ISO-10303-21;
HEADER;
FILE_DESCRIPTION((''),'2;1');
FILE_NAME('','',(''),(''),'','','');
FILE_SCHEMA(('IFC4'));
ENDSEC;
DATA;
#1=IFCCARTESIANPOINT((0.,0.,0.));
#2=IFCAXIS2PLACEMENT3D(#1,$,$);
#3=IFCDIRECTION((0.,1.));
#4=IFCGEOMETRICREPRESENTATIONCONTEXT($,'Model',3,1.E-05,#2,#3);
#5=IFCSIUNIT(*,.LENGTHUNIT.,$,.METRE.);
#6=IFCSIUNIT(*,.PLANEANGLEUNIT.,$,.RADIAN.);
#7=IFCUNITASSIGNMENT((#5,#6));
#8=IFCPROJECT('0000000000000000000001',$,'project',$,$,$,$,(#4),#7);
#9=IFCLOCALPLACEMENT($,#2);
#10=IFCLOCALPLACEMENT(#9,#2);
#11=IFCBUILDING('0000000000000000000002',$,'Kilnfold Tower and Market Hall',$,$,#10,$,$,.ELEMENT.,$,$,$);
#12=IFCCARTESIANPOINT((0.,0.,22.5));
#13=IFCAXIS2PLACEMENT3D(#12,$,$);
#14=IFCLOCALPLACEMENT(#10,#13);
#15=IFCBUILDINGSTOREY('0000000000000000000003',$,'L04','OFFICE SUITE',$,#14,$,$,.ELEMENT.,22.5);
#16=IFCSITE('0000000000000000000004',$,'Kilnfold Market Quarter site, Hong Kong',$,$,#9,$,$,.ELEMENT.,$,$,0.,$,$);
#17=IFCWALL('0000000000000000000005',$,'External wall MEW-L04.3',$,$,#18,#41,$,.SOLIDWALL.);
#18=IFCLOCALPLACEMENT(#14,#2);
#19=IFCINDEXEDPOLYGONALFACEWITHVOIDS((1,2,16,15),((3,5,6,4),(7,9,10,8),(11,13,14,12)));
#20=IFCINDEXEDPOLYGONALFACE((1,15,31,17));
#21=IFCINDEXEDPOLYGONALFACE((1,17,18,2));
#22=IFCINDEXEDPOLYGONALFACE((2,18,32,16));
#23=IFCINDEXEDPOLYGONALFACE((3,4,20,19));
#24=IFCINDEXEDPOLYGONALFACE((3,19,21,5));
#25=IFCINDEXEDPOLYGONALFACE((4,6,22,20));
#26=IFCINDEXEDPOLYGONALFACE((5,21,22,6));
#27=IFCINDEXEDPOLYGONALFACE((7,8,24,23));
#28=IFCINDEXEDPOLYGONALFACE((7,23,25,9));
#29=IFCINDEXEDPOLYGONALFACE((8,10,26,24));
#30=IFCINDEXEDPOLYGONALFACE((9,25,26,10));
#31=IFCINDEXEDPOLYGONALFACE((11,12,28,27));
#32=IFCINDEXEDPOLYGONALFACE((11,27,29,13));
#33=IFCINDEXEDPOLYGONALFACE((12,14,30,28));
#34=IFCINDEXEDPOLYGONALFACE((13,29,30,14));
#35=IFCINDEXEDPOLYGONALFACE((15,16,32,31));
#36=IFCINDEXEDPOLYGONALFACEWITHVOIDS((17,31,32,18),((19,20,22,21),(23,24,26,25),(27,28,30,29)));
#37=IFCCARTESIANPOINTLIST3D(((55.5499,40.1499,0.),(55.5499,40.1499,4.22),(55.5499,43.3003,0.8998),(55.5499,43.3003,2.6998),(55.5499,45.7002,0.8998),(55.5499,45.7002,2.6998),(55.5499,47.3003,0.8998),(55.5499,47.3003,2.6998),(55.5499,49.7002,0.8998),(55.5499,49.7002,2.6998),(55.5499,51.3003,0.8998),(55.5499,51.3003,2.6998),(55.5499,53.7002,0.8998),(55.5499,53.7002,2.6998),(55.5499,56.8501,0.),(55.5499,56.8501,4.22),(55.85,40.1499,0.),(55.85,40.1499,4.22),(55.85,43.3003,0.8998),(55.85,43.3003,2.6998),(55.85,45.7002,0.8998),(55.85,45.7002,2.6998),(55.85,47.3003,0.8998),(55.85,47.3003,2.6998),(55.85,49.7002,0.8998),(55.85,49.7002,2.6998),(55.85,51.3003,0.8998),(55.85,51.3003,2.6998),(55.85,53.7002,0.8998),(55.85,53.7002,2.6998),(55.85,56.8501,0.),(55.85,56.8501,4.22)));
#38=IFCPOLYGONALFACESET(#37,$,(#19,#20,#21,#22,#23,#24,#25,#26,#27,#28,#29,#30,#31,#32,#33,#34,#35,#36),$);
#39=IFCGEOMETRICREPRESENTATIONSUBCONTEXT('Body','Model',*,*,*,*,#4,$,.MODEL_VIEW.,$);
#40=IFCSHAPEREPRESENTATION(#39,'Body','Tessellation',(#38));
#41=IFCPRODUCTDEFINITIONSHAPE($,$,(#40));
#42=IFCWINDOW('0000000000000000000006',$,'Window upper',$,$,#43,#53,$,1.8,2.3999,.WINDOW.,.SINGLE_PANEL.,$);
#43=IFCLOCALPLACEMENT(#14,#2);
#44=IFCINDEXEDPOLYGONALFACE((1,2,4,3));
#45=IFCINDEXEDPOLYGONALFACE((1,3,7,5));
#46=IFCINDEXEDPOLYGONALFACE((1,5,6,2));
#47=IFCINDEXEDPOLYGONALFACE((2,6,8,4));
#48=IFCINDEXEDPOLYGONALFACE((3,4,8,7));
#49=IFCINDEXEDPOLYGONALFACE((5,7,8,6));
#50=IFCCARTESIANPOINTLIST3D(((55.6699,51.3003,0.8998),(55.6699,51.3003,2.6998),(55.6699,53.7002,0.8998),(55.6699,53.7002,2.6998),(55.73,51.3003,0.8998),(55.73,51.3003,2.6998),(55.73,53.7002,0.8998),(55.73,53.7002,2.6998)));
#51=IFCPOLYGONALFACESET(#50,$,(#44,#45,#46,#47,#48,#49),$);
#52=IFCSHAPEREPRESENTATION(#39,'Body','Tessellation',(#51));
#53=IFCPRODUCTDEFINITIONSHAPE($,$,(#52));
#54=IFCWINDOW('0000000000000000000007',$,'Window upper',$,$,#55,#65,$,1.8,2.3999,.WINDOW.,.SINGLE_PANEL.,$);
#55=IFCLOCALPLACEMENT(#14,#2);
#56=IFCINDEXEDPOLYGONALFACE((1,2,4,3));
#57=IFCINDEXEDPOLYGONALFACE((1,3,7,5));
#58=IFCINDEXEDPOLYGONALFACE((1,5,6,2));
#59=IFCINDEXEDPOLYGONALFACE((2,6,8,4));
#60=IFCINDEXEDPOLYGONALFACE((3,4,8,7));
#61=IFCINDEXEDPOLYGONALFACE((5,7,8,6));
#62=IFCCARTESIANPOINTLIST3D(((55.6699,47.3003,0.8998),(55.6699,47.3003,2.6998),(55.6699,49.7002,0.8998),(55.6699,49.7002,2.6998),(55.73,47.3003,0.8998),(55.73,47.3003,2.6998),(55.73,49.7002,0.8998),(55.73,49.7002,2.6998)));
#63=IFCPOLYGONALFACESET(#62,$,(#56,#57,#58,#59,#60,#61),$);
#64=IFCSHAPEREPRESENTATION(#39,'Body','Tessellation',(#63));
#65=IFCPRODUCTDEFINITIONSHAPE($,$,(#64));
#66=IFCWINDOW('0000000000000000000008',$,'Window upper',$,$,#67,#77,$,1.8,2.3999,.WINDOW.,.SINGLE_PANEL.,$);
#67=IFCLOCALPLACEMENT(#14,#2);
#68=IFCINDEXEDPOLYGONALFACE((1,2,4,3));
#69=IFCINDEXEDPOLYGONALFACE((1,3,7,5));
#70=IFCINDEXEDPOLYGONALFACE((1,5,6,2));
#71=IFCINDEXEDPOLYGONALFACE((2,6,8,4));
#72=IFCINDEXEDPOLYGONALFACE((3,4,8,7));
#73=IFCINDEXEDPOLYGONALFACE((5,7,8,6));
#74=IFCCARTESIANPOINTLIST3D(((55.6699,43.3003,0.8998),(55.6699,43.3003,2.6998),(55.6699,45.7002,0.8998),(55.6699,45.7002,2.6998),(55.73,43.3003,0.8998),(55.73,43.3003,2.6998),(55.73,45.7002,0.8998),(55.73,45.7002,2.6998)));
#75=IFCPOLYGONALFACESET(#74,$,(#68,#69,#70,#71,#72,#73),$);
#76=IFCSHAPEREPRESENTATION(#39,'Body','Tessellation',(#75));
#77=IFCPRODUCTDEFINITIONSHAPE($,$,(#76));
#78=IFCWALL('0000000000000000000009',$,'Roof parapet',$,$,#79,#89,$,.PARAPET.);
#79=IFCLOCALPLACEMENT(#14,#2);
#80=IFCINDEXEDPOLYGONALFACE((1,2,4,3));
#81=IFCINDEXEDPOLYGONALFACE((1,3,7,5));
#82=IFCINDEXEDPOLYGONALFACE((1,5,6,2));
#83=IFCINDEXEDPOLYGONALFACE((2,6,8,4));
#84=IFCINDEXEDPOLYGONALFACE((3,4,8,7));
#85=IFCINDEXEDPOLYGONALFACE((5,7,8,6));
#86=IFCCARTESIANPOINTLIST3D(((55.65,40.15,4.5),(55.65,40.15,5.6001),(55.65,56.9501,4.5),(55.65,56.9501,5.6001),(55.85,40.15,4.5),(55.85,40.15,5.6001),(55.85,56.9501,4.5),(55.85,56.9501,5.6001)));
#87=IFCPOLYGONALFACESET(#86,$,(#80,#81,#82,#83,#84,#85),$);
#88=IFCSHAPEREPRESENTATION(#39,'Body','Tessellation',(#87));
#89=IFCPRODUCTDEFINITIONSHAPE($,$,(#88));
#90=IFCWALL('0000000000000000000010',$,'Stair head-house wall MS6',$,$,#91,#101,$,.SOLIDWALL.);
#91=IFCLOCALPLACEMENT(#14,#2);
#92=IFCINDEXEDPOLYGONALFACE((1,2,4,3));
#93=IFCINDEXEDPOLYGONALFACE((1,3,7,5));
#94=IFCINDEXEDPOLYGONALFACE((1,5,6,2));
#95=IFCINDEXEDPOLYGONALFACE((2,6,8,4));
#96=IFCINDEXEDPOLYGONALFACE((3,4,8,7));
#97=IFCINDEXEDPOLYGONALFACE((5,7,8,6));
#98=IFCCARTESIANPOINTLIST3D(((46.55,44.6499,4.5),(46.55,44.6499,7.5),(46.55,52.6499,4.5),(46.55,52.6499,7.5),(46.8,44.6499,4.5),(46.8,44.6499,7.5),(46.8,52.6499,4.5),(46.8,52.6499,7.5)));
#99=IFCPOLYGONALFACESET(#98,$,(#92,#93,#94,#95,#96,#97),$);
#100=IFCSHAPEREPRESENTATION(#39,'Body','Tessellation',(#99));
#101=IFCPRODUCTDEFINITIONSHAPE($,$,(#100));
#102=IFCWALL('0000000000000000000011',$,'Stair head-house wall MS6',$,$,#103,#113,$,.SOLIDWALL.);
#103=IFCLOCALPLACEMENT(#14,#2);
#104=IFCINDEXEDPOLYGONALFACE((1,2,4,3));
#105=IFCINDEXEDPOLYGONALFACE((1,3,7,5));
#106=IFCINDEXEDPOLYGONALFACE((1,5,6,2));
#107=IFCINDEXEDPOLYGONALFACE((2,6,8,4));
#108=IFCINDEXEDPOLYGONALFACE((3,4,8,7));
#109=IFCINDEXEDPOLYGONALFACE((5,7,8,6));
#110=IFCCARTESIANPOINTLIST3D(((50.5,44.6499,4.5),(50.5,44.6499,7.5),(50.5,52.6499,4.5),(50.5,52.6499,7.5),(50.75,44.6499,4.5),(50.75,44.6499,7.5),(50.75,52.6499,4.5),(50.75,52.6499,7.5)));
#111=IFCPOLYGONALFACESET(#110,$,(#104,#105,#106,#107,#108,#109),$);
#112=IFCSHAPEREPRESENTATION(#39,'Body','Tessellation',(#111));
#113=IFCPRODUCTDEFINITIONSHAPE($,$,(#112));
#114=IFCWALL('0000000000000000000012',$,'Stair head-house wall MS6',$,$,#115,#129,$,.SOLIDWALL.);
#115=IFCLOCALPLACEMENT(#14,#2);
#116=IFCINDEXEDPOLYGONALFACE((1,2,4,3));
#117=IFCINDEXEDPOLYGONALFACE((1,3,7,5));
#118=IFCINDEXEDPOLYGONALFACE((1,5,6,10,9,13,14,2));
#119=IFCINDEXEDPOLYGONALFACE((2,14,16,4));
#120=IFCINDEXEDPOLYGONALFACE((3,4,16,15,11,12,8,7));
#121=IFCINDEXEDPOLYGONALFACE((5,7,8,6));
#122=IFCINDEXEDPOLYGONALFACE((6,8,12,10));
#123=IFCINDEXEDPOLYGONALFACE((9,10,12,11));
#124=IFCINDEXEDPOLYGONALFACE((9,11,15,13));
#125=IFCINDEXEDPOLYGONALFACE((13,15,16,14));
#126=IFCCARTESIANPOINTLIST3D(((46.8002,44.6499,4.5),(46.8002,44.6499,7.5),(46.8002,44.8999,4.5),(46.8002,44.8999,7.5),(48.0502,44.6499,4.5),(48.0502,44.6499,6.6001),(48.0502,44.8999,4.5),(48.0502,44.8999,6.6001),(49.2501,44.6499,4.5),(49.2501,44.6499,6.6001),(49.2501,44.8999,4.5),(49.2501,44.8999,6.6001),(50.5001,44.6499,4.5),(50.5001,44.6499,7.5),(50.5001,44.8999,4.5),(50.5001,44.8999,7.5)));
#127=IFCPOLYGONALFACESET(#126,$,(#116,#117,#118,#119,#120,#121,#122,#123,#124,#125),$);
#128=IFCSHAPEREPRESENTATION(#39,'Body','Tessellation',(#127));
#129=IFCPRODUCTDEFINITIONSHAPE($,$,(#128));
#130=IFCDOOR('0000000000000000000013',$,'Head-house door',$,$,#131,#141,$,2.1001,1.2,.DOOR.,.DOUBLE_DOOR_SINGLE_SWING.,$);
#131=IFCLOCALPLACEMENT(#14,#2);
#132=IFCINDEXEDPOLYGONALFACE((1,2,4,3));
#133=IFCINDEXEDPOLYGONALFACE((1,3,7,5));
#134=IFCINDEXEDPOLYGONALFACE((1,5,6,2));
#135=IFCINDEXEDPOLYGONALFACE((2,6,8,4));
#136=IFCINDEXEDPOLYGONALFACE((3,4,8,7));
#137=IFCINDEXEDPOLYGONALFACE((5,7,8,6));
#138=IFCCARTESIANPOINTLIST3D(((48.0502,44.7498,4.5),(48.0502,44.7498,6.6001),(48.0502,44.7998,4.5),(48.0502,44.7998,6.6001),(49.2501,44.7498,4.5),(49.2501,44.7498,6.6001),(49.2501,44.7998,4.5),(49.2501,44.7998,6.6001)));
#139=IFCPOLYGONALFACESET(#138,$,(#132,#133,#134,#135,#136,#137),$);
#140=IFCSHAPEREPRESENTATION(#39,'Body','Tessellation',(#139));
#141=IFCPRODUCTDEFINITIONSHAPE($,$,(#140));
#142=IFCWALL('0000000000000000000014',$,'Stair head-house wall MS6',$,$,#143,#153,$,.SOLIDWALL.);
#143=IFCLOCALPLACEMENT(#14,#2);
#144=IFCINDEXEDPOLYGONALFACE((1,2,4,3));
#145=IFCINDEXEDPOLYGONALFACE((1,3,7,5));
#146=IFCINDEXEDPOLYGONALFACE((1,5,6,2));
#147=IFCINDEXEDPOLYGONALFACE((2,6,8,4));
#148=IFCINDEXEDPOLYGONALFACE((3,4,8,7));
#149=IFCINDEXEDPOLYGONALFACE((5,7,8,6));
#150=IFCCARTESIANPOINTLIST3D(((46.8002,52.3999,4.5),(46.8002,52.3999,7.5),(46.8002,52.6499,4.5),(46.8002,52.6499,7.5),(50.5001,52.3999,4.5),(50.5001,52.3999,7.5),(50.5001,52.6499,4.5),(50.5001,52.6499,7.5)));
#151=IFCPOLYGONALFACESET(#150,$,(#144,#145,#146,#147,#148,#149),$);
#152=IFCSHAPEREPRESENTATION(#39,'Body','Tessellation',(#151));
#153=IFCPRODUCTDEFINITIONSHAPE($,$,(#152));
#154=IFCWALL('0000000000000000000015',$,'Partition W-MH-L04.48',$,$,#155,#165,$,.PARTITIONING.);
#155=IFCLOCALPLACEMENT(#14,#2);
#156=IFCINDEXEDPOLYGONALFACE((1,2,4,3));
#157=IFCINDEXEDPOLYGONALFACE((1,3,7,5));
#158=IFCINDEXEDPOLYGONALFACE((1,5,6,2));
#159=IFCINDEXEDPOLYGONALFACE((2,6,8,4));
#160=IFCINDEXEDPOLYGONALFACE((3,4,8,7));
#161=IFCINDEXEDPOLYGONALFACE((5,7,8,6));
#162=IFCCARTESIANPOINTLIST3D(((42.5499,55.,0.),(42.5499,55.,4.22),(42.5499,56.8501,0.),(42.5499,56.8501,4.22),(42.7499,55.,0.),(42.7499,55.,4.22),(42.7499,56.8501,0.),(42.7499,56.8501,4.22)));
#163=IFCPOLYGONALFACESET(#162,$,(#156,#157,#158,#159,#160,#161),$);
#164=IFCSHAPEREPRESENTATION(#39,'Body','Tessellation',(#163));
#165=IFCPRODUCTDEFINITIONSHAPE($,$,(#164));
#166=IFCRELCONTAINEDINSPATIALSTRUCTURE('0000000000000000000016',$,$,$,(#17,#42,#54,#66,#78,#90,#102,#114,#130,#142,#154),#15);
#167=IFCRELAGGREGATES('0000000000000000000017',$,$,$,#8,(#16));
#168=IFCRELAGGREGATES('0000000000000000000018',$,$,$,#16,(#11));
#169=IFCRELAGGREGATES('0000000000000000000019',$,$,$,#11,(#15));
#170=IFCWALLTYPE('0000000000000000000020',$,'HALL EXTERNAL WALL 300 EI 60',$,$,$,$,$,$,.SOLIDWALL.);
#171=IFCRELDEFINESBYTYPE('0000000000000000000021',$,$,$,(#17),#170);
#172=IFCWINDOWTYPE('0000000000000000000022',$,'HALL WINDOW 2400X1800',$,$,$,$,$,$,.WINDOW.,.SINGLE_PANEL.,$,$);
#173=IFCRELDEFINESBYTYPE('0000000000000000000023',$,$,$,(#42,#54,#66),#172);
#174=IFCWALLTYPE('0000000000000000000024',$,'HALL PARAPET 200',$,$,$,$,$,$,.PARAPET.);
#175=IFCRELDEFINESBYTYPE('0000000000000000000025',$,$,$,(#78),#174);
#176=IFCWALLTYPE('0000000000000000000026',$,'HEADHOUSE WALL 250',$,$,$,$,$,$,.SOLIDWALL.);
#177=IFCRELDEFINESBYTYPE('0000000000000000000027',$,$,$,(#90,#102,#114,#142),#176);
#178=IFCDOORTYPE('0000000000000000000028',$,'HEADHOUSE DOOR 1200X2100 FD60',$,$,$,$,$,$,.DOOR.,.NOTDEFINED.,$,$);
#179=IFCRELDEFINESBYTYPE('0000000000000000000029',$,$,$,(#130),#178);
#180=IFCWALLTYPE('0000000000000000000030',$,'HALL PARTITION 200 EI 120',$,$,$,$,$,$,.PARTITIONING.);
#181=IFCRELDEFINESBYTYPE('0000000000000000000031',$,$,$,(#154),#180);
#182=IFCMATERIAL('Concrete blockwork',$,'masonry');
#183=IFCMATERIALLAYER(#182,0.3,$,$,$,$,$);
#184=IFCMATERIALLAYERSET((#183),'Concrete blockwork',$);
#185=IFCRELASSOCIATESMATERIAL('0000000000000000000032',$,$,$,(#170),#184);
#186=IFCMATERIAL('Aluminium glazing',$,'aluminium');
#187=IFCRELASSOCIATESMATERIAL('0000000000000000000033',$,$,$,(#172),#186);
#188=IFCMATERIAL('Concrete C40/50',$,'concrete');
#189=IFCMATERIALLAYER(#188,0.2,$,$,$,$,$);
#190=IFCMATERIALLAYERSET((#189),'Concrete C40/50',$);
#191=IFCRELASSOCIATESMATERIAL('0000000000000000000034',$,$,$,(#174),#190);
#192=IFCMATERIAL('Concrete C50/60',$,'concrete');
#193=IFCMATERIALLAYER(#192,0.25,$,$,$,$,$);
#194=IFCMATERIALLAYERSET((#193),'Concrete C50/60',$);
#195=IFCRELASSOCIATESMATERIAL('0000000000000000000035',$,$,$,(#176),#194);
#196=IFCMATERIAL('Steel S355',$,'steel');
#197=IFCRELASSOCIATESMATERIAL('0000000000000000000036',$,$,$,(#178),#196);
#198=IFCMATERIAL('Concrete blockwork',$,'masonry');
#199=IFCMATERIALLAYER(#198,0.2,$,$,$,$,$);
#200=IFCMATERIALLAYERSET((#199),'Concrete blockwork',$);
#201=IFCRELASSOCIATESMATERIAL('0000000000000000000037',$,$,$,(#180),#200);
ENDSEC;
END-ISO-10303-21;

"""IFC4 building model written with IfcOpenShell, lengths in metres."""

from ifc_helpers import new_model, si_unit, direction, frame, frame_2d, origin, place, context, subcontext, project, spatial, rectangle, extrude, source, transform, mapped, material, layer, layer_set, type_object, element, fill, save


model = new_model("IFC4")

# Units and contexts
model_context = context("Model", 3, precision=1e-05, world=origin(), true_north=direction((0.0, 1.0)))
body_context = subcontext(model_context, "Body", "Model", "MODEL_VIEW")
ifc_project = project(units=[si_unit("LENGTHUNIT", "METRE"), si_unit("PLANEANGLEUNIT", "RADIAN")], contexts=[model_context])

# Site, building, storey
site_placement = place(None, origin())
site = spatial("IfcSite", under=ifc_project, at=site_placement, Name="Kilnfold Market Quarter site, Hong Kong", CompositionType="ELEMENT", RefElevation=0.0)
building_placement = place(site_placement, origin())
building = spatial("IfcBuilding", under=site, at=building_placement, Name="Kilnfold Tower and Market Hall", CompositionType="ELEMENT")
storey_placement = place(building_placement, frame((0.0, 0.0, 22.5)))
storey = spatial("IfcBuildingStorey", under=building, at=storey_placement, Name="L04", Description="OFFICE SUITE", CompositionType="ELEMENT", Elevation=22.5)

# Wall, openings, windows
ifc_material_1 = material(Name="Concrete blockwork", Category="masonry")
ifc_layer_1 = layer(ifc_material_1, 0.3)
ifc_layer_set_1 = layer_set([ifc_layer_1], Name="Concrete blockwork")
wall_type_1 = type_object("IfcWallType", Name="HALL EXTERNAL WALL 300 EI 60", PredefinedType="SOLIDWALL", material=ifc_layer_set_1)
shared_shape_1 = source(origin(), body_context, "Body", "SweptSolid", [
    extrude(rectangle(XDim=16.7002, YDim=0.3, at=frame_2d((8.3501, 0.0))), origin(), (0.0, 0.0, 1.0), 4.22),
])
wall_1_placement = place(storey_placement, frame((55.7, 56.8501, 0.0), z_axis=(0.0, 0.0, 1.0), x_axis=(0.0, -1.0, 0.0)))
wall_1 = element("IfcWall", 1, at=wall_1_placement, inside=storey, type_object=wall_type_1, Name="External wall MEW-L04.3", PredefinedType="SOLIDWALL", context=body_context, shape_type="MappedRepresentation", body=[
    mapped(shared_shape_1, transform((0.0, 0.0, 0.0))),
])
opening_1_placement = place(wall_1_placement, frame((3.1499, 0.0, 0.8999)))
opening_1 = element("IfcOpeningElement", 2, at=opening_1_placement, cuts=wall_1, PredefinedType="OPENING", context=body_context, shape_type="SweptSolid", body=[
    extrude(rectangle(XDim=2.3999, YDim=1.8, at=frame_2d((1.2, 0.8999))), frame((0.0, 0.1602, 0.0), z_axis=(0.0, -1.0, 0.0), x_axis=(1.0, 0.0, 0.0)), (0.0, 0.0, 1.0), 0.3201),
])
opening_2_placement = place(wall_1_placement, frame((7.1499, 0.0, 0.8999)))
opening_2 = element("IfcOpeningElement", 3, at=opening_2_placement, cuts=wall_1, PredefinedType="OPENING", context=body_context, shape_type="SweptSolid", body=[
    extrude(rectangle(XDim=2.3999, YDim=1.8, at=frame_2d((1.2, 0.8999))), frame((0.0, 0.1602, 0.0), z_axis=(0.0, -1.0, 0.0), x_axis=(1.0, 0.0, 0.0)), (0.0, 0.0, 1.0), 0.3201),
])
opening_3_placement = place(wall_1_placement, frame((11.1499, 0.0, 0.8999)))
opening_3 = element("IfcOpeningElement", 4, at=opening_3_placement, cuts=wall_1, PredefinedType="OPENING", context=body_context, shape_type="SweptSolid", body=[
    extrude(rectangle(XDim=2.3999, YDim=1.8, at=frame_2d((1.2, 0.8999))), frame((0.0, 0.1602, 0.0), z_axis=(0.0, -1.0, 0.0), x_axis=(1.0, 0.0, 0.0)), (0.0, 0.0, 1.0), 0.3201),
])
ifc_material_2 = material(Name="Aluminium glazing", Category="aluminium")
window_type = type_object("IfcWindowType", Name="HALL WINDOW 2400X1800", PartitioningType="SINGLE_PANEL", PredefinedType="WINDOW", material=ifc_material_2)
window_1_placement = place(opening_1_placement, origin())
window_1 = element("IfcWindow", 5, at=window_1_placement, inside=storey, type_object=window_type, Name="Window upper", OverallHeight=1.8, OverallWidth=2.3999, PartitioningType="SINGLE_PANEL", PredefinedType="WINDOW", context=body_context, shape_type="SweptSolid", body=[
    extrude(rectangle(XDim=2.3999, YDim=1.8, at=frame_2d((1.2, 0.8999))), frame((0.0, 0.03, 0.0), z_axis=(0.0, -1.0, 0.0), x_axis=(1.0, 0.0, 0.0)), (0.0, 0.0, 1.0), 0.0601),
])
fill(opening_1, window_1)
window_2_placement = place(opening_2_placement, origin())
window_2 = element("IfcWindow", 6, at=window_2_placement, inside=storey, type_object=window_type, Name="Window upper", OverallHeight=1.8, OverallWidth=2.3999, PartitioningType="SINGLE_PANEL", PredefinedType="WINDOW", context=body_context, shape_type="SweptSolid", body=[
    extrude(rectangle(XDim=2.3999, YDim=1.8, at=frame_2d((1.2, 0.8999))), frame((0.0, 0.03, 0.0), z_axis=(0.0, -1.0, 0.0), x_axis=(1.0, 0.0, 0.0)), (0.0, 0.0, 1.0), 0.0601),
])
fill(opening_2, window_2)
window_3_placement = place(opening_3_placement, origin())
window_3 = element("IfcWindow", 7, at=window_3_placement, inside=storey, type_object=window_type, Name="Window upper", OverallHeight=1.8, OverallWidth=2.3999, PartitioningType="SINGLE_PANEL", PredefinedType="WINDOW", context=body_context, shape_type="SweptSolid", body=[
    extrude(rectangle(XDim=2.3999, YDim=1.8, at=frame_2d((1.2, 0.8999))), frame((0.0, 0.03, 0.0), z_axis=(0.0, -1.0, 0.0), x_axis=(1.0, 0.0, 0.0)), (0.0, 0.0, 1.0), 0.0601),
])
fill(opening_3, window_3)

# Walls
ifc_material_3 = material(Name="Concrete C40/50", Category="concrete")
ifc_layer_2 = layer(ifc_material_3, 0.2)
ifc_layer_set_2 = layer_set([ifc_layer_2], Name="Concrete C40/50")
wall_type_2 = type_object("IfcWallType", Name="HALL PARAPET 200", PredefinedType="PARAPET", material=ifc_layer_set_2)
shared_shape_2 = source(origin(), body_context, "Body", "SweptSolid", [
    extrude(rectangle(XDim=16.8, YDim=0.2, at=frame_2d((8.3999, 0.0))), origin(), (0.0, 0.0, 1.0), 1.1001),
])
wall_2_placement = place(storey_placement, frame((55.75, 56.95, 4.5), z_axis=(0.0, 0.0, 1.0), x_axis=(0.0, -1.0, 0.0)))
element("IfcWall", 8, at=wall_2_placement, inside=storey, type_object=wall_type_2, Name="Roof parapet", PredefinedType="PARAPET", context=body_context, shape_type="MappedRepresentation", body=[
    mapped(shared_shape_2, transform((0.0, 0.0, 0.0))),
])
ifc_material_4 = material(Name="Concrete C50/60", Category="concrete")
ifc_layer_3 = layer(ifc_material_4, 0.25)
ifc_layer_set_3 = layer_set([ifc_layer_3], Name="Concrete C50/60")
wall_type_3 = type_object("IfcWallType", Name="HEADHOUSE WALL 250", PredefinedType="SOLIDWALL", material=ifc_layer_set_3)
shared_shape_3 = source(origin(), body_context, "Body", "SweptSolid", [
    extrude(rectangle(XDim=8.0, YDim=0.25, at=frame_2d((4.0, 0.0))), origin(), (0.0, 0.0, 1.0), 3.0),
])
for number, where, z_axis, x_axis, name in (
    (9, (46.675, 44.6499, 4.5), (0.0, 0.0, 1.0), (0.0, 1.0, 0.0), "Stair head-house wall MS6"),
    (10, (50.625, 44.6499, 4.5), (0.0, 0.0, 1.0), (0.0, 1.0, 0.0), "Stair head-house wall MS6"),
):
    element("IfcWall", number, at=place(storey_placement, frame(where, z_axis=z_axis, x_axis=x_axis)), inside=storey, type_object=wall_type_3, Name=name, PredefinedType="SOLIDWALL", context=body_context, shape_type="MappedRepresentation", body=[
        mapped(shared_shape_3, transform((0.0, 0.0, 0.0))),
    ])

# Wall, opening, door
shared_shape_4 = source(origin(), body_context, "Body", "SweptSolid", [
    extrude(rectangle(XDim=3.7, YDim=0.25, at=frame_2d((1.8501, 0.0))), origin(), (0.0, 0.0, 1.0), 3.0),
])
wall_3_placement = place(storey_placement, frame((46.8, 44.7749, 4.5), z_axis=(0.0, 0.0, 1.0), x_axis=(1.0, 0.0, 0.0)))
wall_3 = element("IfcWall", 11, at=wall_3_placement, inside=storey, type_object=wall_type_3, Name="Stair head-house wall MS6", PredefinedType="SOLIDWALL", context=body_context, shape_type="MappedRepresentation", body=[
    mapped(shared_shape_4, transform((0.0, 0.0, 0.0))),
])
opening_4_placement = place(wall_3_placement, frame((1.25, 0.0, 0.0)))
opening_4 = element("IfcOpeningElement", 12, at=opening_4_placement, cuts=wall_3, PredefinedType="OPENING", context=body_context, shape_type="SweptSolid", body=[
    extrude(rectangle(XDim=1.2, YDim=2.1001, at=frame_2d((0.6001, 1.05))), frame((0.0, 0.135, 0.0), z_axis=(0.0, -1.0, 0.0), x_axis=(1.0, 0.0, 0.0)), (0.0, 0.0, 1.0), 0.27),
])
ifc_material_5 = material(Name="Steel S355", Category="steel")
door_type_1 = type_object("IfcDoorType", Name="HEADHOUSE DOOR 1200X2100 FD60", OperationType="NOTDEFINED", PredefinedType="DOOR", material=ifc_material_5)
door_1_placement = place(opening_4_placement, origin())
door_1 = element("IfcDoor", 13, at=door_1_placement, inside=storey, type_object=door_type_1, Name="Head-house door", OperationType="DOUBLE_DOOR_SINGLE_SWING", OverallHeight=2.1001, OverallWidth=1.2, PredefinedType="DOOR", context=body_context, shape_type="SweptSolid", body=[
    extrude(rectangle(XDim=1.2, YDim=2.1001, at=frame_2d((0.6001, 1.05))), frame((0.0, 0.0249, 0.0), z_axis=(0.0, -1.0, 0.0), x_axis=(1.0, 0.0, 0.0)), (0.0, 0.0, 1.0), 0.05),
])
fill(opening_4, door_1)

# Walls
wall_4_placement = place(storey_placement, frame((46.8, 52.5249, 4.5), z_axis=(0.0, 0.0, 1.0), x_axis=(1.0, 0.0, 0.0)))
element("IfcWall", 14, at=wall_4_placement, inside=storey, type_object=wall_type_3, Name="Stair head-house wall MS6", PredefinedType="SOLIDWALL", context=body_context, shape_type="MappedRepresentation", body=[
    mapped(shared_shape_4, transform((0.0, 0.0, 0.0))),
])
ifc_material_6 = material(Name="Concrete blockwork", Category="masonry")
ifc_layer_4 = layer(ifc_material_6, 0.2)
ifc_layer_set_4 = layer_set([ifc_layer_4], Name="Concrete blockwork")
wall_type_4 = type_object("IfcWallType", Name="HALL PARTITION 200 EI 120", PredefinedType="PARTITIONING", material=ifc_layer_set_4)
shared_shape_5 = source(origin(), body_context, "Body", "SweptSolid", [
    extrude(rectangle(XDim=1.8501, YDim=0.2, at=frame_2d((0.925, 0.0))), origin(), (0.0, 0.0, 1.0), 4.22),
])
wall_5_placement = place(storey_placement, frame((42.6499, 56.8501, 0.0), z_axis=(0.0, 0.0, 1.0), x_axis=(0.0, -1.0, 0.0)))
element("IfcWall", 15, at=wall_5_placement, inside=storey, type_object=wall_type_4, Name="Partition W-MH-L04.48", PredefinedType="PARTITIONING", context=body_context, shape_type="MappedRepresentation", body=[
    mapped(shared_shape_5, transform((0.0, 0.0, 0.0))),
])

save(model, "model.ifc")
